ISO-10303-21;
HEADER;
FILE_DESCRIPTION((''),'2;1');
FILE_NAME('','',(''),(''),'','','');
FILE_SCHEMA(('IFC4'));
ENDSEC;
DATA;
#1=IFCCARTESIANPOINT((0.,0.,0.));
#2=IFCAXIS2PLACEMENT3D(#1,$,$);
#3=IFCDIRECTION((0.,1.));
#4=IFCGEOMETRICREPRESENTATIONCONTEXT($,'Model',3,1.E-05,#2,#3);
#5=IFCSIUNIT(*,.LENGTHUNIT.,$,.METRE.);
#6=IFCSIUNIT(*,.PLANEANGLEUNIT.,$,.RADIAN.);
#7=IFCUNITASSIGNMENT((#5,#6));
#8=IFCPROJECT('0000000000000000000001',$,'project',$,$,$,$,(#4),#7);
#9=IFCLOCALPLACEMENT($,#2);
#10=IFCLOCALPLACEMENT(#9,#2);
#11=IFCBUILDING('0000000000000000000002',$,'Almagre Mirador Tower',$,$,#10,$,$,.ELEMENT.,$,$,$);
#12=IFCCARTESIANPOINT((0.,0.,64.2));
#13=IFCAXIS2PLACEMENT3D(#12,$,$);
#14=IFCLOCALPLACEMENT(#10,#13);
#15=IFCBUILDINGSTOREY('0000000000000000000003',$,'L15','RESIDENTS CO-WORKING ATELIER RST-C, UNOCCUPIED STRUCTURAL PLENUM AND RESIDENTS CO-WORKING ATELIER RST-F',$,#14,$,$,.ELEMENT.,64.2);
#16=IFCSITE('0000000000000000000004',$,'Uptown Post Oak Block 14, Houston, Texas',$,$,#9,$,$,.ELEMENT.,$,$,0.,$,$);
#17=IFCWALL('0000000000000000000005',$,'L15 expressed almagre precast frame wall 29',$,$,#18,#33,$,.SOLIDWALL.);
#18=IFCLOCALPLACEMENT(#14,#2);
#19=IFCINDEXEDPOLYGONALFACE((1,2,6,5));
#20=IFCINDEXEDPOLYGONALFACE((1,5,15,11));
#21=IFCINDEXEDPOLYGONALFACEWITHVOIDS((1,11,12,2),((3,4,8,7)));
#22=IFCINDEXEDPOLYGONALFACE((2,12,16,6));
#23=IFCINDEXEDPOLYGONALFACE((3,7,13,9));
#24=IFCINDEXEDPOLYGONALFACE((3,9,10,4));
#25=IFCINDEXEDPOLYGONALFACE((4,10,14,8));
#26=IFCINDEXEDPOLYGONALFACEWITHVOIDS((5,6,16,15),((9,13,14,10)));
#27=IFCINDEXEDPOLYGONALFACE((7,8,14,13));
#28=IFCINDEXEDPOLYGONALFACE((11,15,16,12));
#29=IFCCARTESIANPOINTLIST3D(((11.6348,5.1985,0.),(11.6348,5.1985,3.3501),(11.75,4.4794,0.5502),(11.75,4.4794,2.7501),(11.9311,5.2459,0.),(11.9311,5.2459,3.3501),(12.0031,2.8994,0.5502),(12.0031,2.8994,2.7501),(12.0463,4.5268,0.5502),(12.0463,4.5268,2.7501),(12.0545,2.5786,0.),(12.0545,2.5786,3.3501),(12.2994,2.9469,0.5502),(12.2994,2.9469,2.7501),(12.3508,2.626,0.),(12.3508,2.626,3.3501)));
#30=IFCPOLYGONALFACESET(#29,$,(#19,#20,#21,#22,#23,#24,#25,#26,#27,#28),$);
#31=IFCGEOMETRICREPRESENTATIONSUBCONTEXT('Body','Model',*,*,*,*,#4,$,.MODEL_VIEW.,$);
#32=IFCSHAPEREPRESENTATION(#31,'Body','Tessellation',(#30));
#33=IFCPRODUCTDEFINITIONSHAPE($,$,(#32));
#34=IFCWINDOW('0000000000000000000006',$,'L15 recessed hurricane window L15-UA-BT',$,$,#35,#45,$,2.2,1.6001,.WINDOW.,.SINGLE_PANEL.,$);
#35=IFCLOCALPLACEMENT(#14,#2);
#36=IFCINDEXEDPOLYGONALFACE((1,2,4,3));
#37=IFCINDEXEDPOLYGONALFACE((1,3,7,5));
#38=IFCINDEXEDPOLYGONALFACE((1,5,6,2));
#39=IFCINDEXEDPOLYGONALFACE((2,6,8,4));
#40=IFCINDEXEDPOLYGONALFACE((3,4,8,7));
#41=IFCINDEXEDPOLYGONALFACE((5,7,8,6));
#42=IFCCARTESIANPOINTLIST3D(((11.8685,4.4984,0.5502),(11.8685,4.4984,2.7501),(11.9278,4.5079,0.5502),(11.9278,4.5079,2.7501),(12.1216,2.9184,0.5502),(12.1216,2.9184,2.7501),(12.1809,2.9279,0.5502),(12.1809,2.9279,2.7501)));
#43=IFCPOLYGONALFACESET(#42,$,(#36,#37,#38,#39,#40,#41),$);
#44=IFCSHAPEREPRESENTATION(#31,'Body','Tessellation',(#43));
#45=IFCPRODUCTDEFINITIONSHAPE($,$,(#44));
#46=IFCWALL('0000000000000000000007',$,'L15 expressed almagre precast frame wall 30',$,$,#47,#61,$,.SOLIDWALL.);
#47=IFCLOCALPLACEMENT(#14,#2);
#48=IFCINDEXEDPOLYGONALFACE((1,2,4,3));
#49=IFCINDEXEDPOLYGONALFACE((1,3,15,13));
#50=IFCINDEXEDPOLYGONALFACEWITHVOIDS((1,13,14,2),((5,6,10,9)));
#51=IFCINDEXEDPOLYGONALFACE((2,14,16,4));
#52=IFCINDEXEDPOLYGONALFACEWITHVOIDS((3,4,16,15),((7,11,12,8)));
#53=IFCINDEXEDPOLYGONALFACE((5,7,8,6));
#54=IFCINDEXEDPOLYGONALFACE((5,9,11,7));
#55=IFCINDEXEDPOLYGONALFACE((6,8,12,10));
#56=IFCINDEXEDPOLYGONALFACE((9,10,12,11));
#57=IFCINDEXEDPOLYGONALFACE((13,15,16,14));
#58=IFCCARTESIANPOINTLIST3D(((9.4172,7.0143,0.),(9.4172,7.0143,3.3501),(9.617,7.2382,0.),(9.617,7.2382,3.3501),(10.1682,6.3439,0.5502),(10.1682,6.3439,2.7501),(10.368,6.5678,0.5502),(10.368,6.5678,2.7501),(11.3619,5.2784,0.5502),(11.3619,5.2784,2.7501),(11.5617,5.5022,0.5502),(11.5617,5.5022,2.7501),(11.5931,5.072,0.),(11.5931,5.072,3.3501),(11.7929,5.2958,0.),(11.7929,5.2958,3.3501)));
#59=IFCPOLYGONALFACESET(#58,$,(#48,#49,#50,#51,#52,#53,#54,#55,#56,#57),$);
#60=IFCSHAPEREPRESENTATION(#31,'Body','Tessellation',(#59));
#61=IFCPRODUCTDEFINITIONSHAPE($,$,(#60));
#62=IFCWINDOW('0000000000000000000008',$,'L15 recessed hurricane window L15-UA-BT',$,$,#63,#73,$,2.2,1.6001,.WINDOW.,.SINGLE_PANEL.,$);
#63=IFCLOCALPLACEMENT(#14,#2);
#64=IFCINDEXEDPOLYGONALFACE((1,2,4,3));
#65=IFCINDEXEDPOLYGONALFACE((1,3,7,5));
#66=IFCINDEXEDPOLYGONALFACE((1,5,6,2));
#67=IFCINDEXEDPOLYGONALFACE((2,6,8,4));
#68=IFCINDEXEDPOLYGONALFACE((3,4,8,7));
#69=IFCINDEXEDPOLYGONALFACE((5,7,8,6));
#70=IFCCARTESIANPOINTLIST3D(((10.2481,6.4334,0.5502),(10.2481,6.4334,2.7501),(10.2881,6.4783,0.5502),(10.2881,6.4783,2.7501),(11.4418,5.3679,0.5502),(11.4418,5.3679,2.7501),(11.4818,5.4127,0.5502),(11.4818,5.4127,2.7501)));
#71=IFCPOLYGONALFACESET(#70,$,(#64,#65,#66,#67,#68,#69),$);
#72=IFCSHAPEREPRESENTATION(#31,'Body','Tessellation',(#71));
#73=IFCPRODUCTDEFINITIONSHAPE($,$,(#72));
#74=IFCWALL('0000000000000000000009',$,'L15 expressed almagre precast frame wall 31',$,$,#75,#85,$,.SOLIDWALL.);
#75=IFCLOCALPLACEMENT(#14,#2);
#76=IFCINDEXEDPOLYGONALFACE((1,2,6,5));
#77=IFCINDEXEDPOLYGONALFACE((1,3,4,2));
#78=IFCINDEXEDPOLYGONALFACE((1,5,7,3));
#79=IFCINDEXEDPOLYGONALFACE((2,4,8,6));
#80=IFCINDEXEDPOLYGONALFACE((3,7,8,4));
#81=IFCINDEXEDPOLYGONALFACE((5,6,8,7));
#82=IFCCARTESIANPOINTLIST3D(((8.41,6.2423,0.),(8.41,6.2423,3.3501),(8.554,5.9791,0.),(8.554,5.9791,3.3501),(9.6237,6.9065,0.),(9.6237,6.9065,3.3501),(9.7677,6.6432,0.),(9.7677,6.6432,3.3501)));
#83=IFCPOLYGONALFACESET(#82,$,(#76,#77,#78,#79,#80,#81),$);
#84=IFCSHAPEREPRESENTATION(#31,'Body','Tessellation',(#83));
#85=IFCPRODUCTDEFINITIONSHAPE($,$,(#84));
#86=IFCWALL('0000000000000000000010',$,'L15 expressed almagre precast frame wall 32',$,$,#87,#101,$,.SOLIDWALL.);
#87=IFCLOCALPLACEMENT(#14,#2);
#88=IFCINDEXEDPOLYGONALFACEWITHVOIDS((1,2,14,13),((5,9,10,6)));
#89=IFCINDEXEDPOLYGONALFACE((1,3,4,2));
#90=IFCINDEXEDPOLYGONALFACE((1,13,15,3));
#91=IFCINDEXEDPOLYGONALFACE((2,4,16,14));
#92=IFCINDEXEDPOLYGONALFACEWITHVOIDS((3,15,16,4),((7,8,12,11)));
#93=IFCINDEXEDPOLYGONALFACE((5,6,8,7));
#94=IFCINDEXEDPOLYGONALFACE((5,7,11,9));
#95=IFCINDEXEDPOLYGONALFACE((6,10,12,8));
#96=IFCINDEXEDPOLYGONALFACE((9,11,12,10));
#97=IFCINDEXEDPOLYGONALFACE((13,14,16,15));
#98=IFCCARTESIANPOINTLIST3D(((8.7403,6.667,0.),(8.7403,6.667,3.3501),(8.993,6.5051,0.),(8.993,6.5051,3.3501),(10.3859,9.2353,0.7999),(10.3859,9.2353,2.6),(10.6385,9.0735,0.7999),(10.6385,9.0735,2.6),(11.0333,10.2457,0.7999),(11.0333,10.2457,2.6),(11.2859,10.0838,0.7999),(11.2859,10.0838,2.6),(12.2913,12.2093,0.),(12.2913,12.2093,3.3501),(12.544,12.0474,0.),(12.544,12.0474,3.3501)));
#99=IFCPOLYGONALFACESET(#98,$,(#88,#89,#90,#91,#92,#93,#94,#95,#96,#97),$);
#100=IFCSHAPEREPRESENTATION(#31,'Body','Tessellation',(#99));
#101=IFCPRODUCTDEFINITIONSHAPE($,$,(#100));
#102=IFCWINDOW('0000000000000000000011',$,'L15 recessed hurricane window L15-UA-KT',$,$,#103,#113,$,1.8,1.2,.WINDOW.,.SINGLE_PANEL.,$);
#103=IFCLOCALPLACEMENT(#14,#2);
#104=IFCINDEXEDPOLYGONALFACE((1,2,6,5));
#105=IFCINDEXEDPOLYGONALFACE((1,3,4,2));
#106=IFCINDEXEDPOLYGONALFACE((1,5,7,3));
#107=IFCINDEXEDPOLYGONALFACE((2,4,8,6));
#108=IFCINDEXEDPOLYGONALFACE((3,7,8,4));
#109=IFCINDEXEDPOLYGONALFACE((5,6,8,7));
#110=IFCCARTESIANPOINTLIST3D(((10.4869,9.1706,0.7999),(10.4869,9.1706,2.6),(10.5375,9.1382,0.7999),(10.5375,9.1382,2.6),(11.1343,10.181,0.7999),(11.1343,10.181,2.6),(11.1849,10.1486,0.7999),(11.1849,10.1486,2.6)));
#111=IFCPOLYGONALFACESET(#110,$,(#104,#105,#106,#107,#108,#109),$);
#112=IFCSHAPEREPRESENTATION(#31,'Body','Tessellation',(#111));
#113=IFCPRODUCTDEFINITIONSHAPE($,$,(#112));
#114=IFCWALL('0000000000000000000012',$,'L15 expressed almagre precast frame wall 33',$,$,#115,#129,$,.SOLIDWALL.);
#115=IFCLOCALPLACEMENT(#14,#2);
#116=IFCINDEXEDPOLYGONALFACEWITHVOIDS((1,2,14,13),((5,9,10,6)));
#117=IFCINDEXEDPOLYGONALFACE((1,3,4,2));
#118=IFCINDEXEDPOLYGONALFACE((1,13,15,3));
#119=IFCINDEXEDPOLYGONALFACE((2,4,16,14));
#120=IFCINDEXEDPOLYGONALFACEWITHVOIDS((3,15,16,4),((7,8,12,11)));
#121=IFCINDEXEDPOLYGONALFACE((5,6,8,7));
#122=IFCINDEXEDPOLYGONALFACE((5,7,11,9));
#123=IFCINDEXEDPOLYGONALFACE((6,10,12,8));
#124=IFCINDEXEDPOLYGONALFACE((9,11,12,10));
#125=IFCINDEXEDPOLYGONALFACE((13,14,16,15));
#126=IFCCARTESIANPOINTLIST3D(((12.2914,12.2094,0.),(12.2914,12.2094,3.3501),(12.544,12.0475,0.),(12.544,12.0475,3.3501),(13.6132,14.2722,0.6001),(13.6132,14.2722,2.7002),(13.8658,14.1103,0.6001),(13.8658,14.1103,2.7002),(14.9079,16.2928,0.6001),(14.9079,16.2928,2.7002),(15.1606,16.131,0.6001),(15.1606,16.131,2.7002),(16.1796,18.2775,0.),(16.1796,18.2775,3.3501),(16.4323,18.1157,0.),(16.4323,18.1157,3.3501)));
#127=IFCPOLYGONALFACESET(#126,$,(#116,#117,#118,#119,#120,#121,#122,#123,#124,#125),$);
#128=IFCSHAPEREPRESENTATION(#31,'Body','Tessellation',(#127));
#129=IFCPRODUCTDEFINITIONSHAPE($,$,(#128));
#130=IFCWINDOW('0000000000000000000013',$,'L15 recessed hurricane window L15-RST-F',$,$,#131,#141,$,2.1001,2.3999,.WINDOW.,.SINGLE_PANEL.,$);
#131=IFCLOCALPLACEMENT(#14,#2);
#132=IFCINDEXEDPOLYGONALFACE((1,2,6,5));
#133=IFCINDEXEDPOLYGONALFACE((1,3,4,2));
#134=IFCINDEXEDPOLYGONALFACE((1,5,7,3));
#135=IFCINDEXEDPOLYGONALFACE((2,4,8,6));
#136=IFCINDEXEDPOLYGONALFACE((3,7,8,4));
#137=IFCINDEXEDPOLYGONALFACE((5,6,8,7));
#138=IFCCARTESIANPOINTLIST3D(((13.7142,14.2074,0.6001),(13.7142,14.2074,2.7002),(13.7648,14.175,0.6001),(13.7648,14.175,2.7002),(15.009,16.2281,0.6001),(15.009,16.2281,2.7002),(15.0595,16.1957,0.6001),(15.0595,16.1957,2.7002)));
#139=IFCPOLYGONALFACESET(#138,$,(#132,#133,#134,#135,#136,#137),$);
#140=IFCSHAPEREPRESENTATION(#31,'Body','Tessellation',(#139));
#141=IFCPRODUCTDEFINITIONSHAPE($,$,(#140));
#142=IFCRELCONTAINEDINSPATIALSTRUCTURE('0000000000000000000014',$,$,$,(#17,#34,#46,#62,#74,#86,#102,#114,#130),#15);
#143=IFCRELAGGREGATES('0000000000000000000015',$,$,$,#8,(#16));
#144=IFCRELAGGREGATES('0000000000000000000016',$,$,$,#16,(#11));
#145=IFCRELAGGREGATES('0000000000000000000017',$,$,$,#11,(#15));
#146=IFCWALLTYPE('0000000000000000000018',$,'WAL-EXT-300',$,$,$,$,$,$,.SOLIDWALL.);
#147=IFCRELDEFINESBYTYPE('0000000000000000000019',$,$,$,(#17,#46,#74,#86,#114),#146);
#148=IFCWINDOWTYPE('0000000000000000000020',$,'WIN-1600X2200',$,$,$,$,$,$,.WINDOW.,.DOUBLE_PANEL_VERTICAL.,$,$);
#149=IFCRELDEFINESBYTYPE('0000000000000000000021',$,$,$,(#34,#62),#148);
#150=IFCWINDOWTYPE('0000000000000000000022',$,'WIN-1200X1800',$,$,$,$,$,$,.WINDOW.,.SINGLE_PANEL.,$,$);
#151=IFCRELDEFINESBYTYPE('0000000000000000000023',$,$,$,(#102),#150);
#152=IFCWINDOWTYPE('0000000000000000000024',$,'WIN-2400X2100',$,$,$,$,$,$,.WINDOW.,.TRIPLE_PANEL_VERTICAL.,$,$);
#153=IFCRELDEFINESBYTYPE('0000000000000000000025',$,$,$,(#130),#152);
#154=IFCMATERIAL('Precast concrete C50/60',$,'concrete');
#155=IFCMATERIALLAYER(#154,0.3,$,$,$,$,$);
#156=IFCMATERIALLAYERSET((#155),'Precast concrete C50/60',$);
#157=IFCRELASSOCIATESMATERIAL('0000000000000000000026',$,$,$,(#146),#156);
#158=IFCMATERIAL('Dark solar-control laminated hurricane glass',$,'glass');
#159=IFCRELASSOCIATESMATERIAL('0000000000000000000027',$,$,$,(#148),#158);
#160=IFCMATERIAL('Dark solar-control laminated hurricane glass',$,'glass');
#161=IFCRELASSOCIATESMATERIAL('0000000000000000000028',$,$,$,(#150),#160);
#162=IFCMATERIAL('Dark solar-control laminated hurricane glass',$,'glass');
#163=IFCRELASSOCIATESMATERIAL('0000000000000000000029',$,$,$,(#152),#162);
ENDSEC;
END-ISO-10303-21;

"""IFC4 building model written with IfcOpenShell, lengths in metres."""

from ifc_helpers import new_model, si_unit, direction, frame, frame_2d, origin, place, context, subcontext, project, spatial, rectangle, extrude, material, layer, layer_set, type_object, element, fill, save


model = new_model("IFC4")

# Units and contexts
model_context = context("Model", 3, precision=1e-05, world=origin(), true_north=direction((0.0, 1.0)))
body_context = subcontext(model_context, "Body", "Model", "MODEL_VIEW")
ifc_project = project(units=[si_unit("LENGTHUNIT", "METRE"), si_unit("PLANEANGLEUNIT", "RADIAN")], contexts=[model_context])

# Site, building, storey
site_placement = place(None, origin())
site = spatial("IfcSite", under=ifc_project, at=site_placement, Name="Uptown Post Oak Block 14, Houston, Texas", CompositionType="ELEMENT", RefElevation=0.0)
building_placement = place(site_placement, origin())
building = spatial("IfcBuilding", under=site, at=building_placement, Name="Almagre Mirador Tower", CompositionType="ELEMENT")
storey_placement = place(building_placement, frame((0.0, 0.0, 64.2)))
storey = spatial("IfcBuildingStorey", under=building, at=storey_placement, Name="L15", Description="RESIDENTS CO-WORKING ATELIER RST-C, UNOCCUPIED STRUCTURAL PLENUM AND RESIDENTS CO-WORKING ATELIER RST-F", CompositionType="ELEMENT", Elevation=64.2)

# Shared definitions
ifc_material_1 = material(Name="Precast concrete C50/60", Category="concrete")
ifc_layer_1 = layer(ifc_material_1, 0.3)
ifc_layer_set_1 = layer_set([ifc_layer_1], Name="Precast concrete C50/60")
wall_type_1 = type_object("IfcWallType", Name="WAL-EXT-300", PredefinedType="SOLIDWALL", material=ifc_layer_set_1)

# Walls, openings, windows
wall_1_placement = place(storey_placement, frame((12.2026, 2.6023, 0.0), z_axis=(0.0, 0.0, 1.0), x_axis=(-0.158174, 0.987411, 0.0)))
wall_1 = element("IfcWall", 1, at=wall_1_placement, inside=storey, type_object=wall_type_1, Name="L15 expressed almagre precast frame wall 29", PredefinedType="SOLIDWALL", context=body_context, shape_type="SweptSolid", body=[
    extrude(rectangle(XDim=2.6533, YDim=0.3, at=frame_2d((1.3267, 0.0))), origin(), (0.0, 0.0, 1.0), 3.3501),
])
opening_1_placement = place(wall_1_placement, frame((0.325, 0.0, 0.55)))
opening_1 = element("IfcOpeningElement", 2, at=opening_1_placement, cuts=wall_1, PredefinedType="OPENING", context=body_context, shape_type="SweptSolid", body=[
    extrude(rectangle(XDim=1.6001, YDim=2.2, at=frame_2d((0.8, 1.1001))), frame((0.0, 0.1599, 0.0), z_axis=(0.0, -1.0, 0.0), x_axis=(1.0, 0.0, 0.0)), (0.0, 0.0, 1.0), 0.32),
])
ifc_material_2 = material(Name="Dark solar-control laminated hurricane glass", Category="glass")
window_type_1 = type_object("IfcWindowType", Name="WIN-1600X2200", PartitioningType="DOUBLE_PANEL_VERTICAL", PredefinedType="WINDOW", material=ifc_material_2)
window_1_placement = place(opening_1_placement, origin())
window_1 = element("IfcWindow", 3, at=window_1_placement, inside=storey, type_object=window_type_1, Name="L15 recessed hurricane window L15-UA-BT", OverallHeight=2.2, OverallWidth=1.6001, PartitioningType="SINGLE_PANEL", PredefinedType="WINDOW", context=body_context, shape_type="SweptSolid", body=[
    extrude(rectangle(XDim=1.6001, YDim=2.2, at=frame_2d((0.8, 1.1001))), frame((0.0, 0.03, 0.0), z_axis=(0.0, -1.0, 0.0), x_axis=(1.0, 0.0, 0.0)), (0.0, 0.0, 1.0), 0.0601),
])
fill(opening_1, window_1)
wall_2_placement = place(storey_placement, frame((11.6931, 5.1838, 0.0), z_axis=(0.0, 0.0, 1.0), x_axis=(-0.746022, 0.665921, 0.0)))
wall_2 = element("IfcWall", 4, at=wall_2_placement, inside=storey, type_object=wall_type_1, Name="L15 expressed almagre precast frame wall 30", PredefinedType="SOLIDWALL", context=body_context, shape_type="SweptSolid", body=[
    extrude(rectangle(XDim=2.9167, YDim=0.3, at=frame_2d((1.4585, 0.0))), origin(), (0.0, 0.0, 1.0), 3.3501),
])
opening_2_placement = place(wall_2_placement, frame((0.3101, 0.0, 0.55)))
opening_2 = element("IfcOpeningElement", 5, at=opening_2_placement, cuts=wall_2, PredefinedType="OPENING", context=body_context, shape_type="SweptSolid", body=[
    extrude(rectangle(XDim=1.6001, YDim=2.2, at=frame_2d((0.8, 1.1001))), frame((0.0, 0.1599, 0.0), z_axis=(0.0, -1.0, 0.0), x_axis=(1.0, 0.0, 0.0)), (0.0, 0.0, 1.0), 0.32),
])
window_2_placement = place(opening_2_placement, origin())
window_2 = element("IfcWindow", 6, at=window_2_placement, inside=storey, type_object=window_type_1, Name="L15 recessed hurricane window L15-UA-BT", OverallHeight=2.2, OverallWidth=1.6001, PartitioningType="SINGLE_PANEL", PredefinedType="WINDOW", context=body_context, shape_type="SweptSolid", body=[
    extrude(rectangle(XDim=1.6001, YDim=2.2, at=frame_2d((0.8, 1.1001))), frame((0.0, 0.03, 0.0), z_axis=(0.0, -1.0, 0.0), x_axis=(1.0, 0.0, 0.0)), (0.0, 0.0, 1.0), 0.0601),
])
fill(opening_2, window_2)

# Wall
wall_3_placement = place(storey_placement, frame((9.6958, 6.7749, 0.0), z_axis=(0.0, 0.0, 1.0), x_axis=(-0.877261, -0.480014, 0.0)))
element("IfcWall", 7, at=wall_3_placement, inside=storey, type_object=wall_type_1, Name="L15 expressed almagre precast frame wall 31", PredefinedType="SOLIDWALL", context=body_context, shape_type="SweptSolid", body=[
    extrude(rectangle(XDim=1.3835, YDim=0.3, at=frame_2d((0.6919, 0.0))), origin(), (0.0, 0.0, 1.0), 3.3501),
])

# Walls, openings, windows
wall_4_placement = place(storey_placement, frame((8.8667, 6.5862, 0.0), z_axis=(0.0, 0.0, 1.0), x_axis=(0.539484, 0.841996, 0.0)))
wall_4 = element("IfcWall", 8, at=wall_4_placement, inside=storey, type_object=wall_type_1, Name="L15 expressed almagre precast frame wall 32", PredefinedType="SOLIDWALL", context=body_context, shape_type="SweptSolid", body=[
    extrude(rectangle(XDim=6.5823, YDim=0.3, at=frame_2d((3.291, 0.0))), origin(), (0.0, 0.0, 1.0), 3.3501),
])
opening_3_placement = place(wall_4_placement, frame((3.05, 0.0, 0.8)))
opening_3 = element("IfcOpeningElement", 9, at=opening_3_placement, cuts=wall_4, PredefinedType="OPENING", context=body_context, shape_type="SweptSolid", body=[
    extrude(rectangle(XDim=1.2, YDim=1.8, at=frame_2d((0.6001, 0.8999))), frame((0.0, 0.1599, 0.0), z_axis=(0.0, -1.0, 0.0), x_axis=(1.0, 0.0, 0.0)), (0.0, 0.0, 1.0), 0.32),
])
ifc_material_3 = material(Name="Dark solar-control laminated hurricane glass", Category="glass")
window_type_2 = type_object("IfcWindowType", Name="WIN-1200X1800", PartitioningType="SINGLE_PANEL", PredefinedType="WINDOW", material=ifc_material_3)
window_3_placement = place(opening_3_placement, origin())
window_3 = element("IfcWindow", 10, at=window_3_placement, inside=storey, type_object=window_type_2, Name="L15 recessed hurricane window L15-UA-KT", OverallHeight=1.8, OverallWidth=1.2, PartitioningType="SINGLE_PANEL", PredefinedType="WINDOW", context=body_context, shape_type="SweptSolid", body=[
    extrude(rectangle(XDim=1.2, YDim=1.8, at=frame_2d((0.6001, 0.8999))), frame((0.0, 0.03, 0.0), z_axis=(0.0, -1.0, 0.0), x_axis=(1.0, 0.0, 0.0)), (0.0, 0.0, 1.0), 0.0601),
])
fill(opening_3, window_3)
wall_5_placement = place(storey_placement, frame((12.4177, 12.1284, 0.0), z_axis=(0.0, 0.0, 1.0), x_axis=(0.539505, 0.841982, 0.0)))
wall_5 = element("IfcWall", 11, at=wall_5_placement, inside=storey, type_object=wall_type_1, Name="L15 expressed almagre precast frame wall 33", PredefinedType="SOLIDWALL", context=body_context, shape_type="SweptSolid", body=[
    extrude(rectangle(XDim=7.207, YDim=0.3, at=frame_2d((3.6035, 0.0))), origin(), (0.0, 0.0, 1.0), 3.3501),
])
opening_4_placement = place(wall_5_placement, frame((2.45, 0.0, 0.6001)))
opening_4 = element("IfcOpeningElement", 12, at=opening_4_placement, cuts=wall_5, PredefinedType="OPENING", context=body_context, shape_type="SweptSolid", body=[
    extrude(rectangle(XDim=2.3999, YDim=2.1001, at=frame_2d((1.2, 1.05))), frame((0.0, 0.1599, 0.0), z_axis=(0.0, -1.0, 0.0), x_axis=(1.0, 0.0, 0.0)), (0.0, 0.0, 1.0), 0.32),
])
ifc_material_4 = material(Name="Dark solar-control laminated hurricane glass", Category="glass")
window_type_3 = type_object("IfcWindowType", Name="WIN-2400X2100", PartitioningType="TRIPLE_PANEL_VERTICAL", PredefinedType="WINDOW", material=ifc_material_4)
window_4_placement = place(opening_4_placement, origin())
window_4 = element("IfcWindow", 13, at=window_4_placement, inside=storey, type_object=window_type_3, Name="L15 recessed hurricane window L15-RST-F", OverallHeight=2.1001, OverallWidth=2.3999, PartitioningType="SINGLE_PANEL", PredefinedType="WINDOW", context=body_context, shape_type="SweptSolid", body=[
    extrude(rectangle(XDim=2.3999, YDim=2.1001, at=frame_2d((1.2, 1.05))), frame((0.0, 0.03, 0.0), z_axis=(0.0, -1.0, 0.0), x_axis=(1.0, 0.0, 0.0)), (0.0, 0.0, 1.0), 0.0601),
])
fill(opening_4, window_4)

save(model, "model.ifc")
